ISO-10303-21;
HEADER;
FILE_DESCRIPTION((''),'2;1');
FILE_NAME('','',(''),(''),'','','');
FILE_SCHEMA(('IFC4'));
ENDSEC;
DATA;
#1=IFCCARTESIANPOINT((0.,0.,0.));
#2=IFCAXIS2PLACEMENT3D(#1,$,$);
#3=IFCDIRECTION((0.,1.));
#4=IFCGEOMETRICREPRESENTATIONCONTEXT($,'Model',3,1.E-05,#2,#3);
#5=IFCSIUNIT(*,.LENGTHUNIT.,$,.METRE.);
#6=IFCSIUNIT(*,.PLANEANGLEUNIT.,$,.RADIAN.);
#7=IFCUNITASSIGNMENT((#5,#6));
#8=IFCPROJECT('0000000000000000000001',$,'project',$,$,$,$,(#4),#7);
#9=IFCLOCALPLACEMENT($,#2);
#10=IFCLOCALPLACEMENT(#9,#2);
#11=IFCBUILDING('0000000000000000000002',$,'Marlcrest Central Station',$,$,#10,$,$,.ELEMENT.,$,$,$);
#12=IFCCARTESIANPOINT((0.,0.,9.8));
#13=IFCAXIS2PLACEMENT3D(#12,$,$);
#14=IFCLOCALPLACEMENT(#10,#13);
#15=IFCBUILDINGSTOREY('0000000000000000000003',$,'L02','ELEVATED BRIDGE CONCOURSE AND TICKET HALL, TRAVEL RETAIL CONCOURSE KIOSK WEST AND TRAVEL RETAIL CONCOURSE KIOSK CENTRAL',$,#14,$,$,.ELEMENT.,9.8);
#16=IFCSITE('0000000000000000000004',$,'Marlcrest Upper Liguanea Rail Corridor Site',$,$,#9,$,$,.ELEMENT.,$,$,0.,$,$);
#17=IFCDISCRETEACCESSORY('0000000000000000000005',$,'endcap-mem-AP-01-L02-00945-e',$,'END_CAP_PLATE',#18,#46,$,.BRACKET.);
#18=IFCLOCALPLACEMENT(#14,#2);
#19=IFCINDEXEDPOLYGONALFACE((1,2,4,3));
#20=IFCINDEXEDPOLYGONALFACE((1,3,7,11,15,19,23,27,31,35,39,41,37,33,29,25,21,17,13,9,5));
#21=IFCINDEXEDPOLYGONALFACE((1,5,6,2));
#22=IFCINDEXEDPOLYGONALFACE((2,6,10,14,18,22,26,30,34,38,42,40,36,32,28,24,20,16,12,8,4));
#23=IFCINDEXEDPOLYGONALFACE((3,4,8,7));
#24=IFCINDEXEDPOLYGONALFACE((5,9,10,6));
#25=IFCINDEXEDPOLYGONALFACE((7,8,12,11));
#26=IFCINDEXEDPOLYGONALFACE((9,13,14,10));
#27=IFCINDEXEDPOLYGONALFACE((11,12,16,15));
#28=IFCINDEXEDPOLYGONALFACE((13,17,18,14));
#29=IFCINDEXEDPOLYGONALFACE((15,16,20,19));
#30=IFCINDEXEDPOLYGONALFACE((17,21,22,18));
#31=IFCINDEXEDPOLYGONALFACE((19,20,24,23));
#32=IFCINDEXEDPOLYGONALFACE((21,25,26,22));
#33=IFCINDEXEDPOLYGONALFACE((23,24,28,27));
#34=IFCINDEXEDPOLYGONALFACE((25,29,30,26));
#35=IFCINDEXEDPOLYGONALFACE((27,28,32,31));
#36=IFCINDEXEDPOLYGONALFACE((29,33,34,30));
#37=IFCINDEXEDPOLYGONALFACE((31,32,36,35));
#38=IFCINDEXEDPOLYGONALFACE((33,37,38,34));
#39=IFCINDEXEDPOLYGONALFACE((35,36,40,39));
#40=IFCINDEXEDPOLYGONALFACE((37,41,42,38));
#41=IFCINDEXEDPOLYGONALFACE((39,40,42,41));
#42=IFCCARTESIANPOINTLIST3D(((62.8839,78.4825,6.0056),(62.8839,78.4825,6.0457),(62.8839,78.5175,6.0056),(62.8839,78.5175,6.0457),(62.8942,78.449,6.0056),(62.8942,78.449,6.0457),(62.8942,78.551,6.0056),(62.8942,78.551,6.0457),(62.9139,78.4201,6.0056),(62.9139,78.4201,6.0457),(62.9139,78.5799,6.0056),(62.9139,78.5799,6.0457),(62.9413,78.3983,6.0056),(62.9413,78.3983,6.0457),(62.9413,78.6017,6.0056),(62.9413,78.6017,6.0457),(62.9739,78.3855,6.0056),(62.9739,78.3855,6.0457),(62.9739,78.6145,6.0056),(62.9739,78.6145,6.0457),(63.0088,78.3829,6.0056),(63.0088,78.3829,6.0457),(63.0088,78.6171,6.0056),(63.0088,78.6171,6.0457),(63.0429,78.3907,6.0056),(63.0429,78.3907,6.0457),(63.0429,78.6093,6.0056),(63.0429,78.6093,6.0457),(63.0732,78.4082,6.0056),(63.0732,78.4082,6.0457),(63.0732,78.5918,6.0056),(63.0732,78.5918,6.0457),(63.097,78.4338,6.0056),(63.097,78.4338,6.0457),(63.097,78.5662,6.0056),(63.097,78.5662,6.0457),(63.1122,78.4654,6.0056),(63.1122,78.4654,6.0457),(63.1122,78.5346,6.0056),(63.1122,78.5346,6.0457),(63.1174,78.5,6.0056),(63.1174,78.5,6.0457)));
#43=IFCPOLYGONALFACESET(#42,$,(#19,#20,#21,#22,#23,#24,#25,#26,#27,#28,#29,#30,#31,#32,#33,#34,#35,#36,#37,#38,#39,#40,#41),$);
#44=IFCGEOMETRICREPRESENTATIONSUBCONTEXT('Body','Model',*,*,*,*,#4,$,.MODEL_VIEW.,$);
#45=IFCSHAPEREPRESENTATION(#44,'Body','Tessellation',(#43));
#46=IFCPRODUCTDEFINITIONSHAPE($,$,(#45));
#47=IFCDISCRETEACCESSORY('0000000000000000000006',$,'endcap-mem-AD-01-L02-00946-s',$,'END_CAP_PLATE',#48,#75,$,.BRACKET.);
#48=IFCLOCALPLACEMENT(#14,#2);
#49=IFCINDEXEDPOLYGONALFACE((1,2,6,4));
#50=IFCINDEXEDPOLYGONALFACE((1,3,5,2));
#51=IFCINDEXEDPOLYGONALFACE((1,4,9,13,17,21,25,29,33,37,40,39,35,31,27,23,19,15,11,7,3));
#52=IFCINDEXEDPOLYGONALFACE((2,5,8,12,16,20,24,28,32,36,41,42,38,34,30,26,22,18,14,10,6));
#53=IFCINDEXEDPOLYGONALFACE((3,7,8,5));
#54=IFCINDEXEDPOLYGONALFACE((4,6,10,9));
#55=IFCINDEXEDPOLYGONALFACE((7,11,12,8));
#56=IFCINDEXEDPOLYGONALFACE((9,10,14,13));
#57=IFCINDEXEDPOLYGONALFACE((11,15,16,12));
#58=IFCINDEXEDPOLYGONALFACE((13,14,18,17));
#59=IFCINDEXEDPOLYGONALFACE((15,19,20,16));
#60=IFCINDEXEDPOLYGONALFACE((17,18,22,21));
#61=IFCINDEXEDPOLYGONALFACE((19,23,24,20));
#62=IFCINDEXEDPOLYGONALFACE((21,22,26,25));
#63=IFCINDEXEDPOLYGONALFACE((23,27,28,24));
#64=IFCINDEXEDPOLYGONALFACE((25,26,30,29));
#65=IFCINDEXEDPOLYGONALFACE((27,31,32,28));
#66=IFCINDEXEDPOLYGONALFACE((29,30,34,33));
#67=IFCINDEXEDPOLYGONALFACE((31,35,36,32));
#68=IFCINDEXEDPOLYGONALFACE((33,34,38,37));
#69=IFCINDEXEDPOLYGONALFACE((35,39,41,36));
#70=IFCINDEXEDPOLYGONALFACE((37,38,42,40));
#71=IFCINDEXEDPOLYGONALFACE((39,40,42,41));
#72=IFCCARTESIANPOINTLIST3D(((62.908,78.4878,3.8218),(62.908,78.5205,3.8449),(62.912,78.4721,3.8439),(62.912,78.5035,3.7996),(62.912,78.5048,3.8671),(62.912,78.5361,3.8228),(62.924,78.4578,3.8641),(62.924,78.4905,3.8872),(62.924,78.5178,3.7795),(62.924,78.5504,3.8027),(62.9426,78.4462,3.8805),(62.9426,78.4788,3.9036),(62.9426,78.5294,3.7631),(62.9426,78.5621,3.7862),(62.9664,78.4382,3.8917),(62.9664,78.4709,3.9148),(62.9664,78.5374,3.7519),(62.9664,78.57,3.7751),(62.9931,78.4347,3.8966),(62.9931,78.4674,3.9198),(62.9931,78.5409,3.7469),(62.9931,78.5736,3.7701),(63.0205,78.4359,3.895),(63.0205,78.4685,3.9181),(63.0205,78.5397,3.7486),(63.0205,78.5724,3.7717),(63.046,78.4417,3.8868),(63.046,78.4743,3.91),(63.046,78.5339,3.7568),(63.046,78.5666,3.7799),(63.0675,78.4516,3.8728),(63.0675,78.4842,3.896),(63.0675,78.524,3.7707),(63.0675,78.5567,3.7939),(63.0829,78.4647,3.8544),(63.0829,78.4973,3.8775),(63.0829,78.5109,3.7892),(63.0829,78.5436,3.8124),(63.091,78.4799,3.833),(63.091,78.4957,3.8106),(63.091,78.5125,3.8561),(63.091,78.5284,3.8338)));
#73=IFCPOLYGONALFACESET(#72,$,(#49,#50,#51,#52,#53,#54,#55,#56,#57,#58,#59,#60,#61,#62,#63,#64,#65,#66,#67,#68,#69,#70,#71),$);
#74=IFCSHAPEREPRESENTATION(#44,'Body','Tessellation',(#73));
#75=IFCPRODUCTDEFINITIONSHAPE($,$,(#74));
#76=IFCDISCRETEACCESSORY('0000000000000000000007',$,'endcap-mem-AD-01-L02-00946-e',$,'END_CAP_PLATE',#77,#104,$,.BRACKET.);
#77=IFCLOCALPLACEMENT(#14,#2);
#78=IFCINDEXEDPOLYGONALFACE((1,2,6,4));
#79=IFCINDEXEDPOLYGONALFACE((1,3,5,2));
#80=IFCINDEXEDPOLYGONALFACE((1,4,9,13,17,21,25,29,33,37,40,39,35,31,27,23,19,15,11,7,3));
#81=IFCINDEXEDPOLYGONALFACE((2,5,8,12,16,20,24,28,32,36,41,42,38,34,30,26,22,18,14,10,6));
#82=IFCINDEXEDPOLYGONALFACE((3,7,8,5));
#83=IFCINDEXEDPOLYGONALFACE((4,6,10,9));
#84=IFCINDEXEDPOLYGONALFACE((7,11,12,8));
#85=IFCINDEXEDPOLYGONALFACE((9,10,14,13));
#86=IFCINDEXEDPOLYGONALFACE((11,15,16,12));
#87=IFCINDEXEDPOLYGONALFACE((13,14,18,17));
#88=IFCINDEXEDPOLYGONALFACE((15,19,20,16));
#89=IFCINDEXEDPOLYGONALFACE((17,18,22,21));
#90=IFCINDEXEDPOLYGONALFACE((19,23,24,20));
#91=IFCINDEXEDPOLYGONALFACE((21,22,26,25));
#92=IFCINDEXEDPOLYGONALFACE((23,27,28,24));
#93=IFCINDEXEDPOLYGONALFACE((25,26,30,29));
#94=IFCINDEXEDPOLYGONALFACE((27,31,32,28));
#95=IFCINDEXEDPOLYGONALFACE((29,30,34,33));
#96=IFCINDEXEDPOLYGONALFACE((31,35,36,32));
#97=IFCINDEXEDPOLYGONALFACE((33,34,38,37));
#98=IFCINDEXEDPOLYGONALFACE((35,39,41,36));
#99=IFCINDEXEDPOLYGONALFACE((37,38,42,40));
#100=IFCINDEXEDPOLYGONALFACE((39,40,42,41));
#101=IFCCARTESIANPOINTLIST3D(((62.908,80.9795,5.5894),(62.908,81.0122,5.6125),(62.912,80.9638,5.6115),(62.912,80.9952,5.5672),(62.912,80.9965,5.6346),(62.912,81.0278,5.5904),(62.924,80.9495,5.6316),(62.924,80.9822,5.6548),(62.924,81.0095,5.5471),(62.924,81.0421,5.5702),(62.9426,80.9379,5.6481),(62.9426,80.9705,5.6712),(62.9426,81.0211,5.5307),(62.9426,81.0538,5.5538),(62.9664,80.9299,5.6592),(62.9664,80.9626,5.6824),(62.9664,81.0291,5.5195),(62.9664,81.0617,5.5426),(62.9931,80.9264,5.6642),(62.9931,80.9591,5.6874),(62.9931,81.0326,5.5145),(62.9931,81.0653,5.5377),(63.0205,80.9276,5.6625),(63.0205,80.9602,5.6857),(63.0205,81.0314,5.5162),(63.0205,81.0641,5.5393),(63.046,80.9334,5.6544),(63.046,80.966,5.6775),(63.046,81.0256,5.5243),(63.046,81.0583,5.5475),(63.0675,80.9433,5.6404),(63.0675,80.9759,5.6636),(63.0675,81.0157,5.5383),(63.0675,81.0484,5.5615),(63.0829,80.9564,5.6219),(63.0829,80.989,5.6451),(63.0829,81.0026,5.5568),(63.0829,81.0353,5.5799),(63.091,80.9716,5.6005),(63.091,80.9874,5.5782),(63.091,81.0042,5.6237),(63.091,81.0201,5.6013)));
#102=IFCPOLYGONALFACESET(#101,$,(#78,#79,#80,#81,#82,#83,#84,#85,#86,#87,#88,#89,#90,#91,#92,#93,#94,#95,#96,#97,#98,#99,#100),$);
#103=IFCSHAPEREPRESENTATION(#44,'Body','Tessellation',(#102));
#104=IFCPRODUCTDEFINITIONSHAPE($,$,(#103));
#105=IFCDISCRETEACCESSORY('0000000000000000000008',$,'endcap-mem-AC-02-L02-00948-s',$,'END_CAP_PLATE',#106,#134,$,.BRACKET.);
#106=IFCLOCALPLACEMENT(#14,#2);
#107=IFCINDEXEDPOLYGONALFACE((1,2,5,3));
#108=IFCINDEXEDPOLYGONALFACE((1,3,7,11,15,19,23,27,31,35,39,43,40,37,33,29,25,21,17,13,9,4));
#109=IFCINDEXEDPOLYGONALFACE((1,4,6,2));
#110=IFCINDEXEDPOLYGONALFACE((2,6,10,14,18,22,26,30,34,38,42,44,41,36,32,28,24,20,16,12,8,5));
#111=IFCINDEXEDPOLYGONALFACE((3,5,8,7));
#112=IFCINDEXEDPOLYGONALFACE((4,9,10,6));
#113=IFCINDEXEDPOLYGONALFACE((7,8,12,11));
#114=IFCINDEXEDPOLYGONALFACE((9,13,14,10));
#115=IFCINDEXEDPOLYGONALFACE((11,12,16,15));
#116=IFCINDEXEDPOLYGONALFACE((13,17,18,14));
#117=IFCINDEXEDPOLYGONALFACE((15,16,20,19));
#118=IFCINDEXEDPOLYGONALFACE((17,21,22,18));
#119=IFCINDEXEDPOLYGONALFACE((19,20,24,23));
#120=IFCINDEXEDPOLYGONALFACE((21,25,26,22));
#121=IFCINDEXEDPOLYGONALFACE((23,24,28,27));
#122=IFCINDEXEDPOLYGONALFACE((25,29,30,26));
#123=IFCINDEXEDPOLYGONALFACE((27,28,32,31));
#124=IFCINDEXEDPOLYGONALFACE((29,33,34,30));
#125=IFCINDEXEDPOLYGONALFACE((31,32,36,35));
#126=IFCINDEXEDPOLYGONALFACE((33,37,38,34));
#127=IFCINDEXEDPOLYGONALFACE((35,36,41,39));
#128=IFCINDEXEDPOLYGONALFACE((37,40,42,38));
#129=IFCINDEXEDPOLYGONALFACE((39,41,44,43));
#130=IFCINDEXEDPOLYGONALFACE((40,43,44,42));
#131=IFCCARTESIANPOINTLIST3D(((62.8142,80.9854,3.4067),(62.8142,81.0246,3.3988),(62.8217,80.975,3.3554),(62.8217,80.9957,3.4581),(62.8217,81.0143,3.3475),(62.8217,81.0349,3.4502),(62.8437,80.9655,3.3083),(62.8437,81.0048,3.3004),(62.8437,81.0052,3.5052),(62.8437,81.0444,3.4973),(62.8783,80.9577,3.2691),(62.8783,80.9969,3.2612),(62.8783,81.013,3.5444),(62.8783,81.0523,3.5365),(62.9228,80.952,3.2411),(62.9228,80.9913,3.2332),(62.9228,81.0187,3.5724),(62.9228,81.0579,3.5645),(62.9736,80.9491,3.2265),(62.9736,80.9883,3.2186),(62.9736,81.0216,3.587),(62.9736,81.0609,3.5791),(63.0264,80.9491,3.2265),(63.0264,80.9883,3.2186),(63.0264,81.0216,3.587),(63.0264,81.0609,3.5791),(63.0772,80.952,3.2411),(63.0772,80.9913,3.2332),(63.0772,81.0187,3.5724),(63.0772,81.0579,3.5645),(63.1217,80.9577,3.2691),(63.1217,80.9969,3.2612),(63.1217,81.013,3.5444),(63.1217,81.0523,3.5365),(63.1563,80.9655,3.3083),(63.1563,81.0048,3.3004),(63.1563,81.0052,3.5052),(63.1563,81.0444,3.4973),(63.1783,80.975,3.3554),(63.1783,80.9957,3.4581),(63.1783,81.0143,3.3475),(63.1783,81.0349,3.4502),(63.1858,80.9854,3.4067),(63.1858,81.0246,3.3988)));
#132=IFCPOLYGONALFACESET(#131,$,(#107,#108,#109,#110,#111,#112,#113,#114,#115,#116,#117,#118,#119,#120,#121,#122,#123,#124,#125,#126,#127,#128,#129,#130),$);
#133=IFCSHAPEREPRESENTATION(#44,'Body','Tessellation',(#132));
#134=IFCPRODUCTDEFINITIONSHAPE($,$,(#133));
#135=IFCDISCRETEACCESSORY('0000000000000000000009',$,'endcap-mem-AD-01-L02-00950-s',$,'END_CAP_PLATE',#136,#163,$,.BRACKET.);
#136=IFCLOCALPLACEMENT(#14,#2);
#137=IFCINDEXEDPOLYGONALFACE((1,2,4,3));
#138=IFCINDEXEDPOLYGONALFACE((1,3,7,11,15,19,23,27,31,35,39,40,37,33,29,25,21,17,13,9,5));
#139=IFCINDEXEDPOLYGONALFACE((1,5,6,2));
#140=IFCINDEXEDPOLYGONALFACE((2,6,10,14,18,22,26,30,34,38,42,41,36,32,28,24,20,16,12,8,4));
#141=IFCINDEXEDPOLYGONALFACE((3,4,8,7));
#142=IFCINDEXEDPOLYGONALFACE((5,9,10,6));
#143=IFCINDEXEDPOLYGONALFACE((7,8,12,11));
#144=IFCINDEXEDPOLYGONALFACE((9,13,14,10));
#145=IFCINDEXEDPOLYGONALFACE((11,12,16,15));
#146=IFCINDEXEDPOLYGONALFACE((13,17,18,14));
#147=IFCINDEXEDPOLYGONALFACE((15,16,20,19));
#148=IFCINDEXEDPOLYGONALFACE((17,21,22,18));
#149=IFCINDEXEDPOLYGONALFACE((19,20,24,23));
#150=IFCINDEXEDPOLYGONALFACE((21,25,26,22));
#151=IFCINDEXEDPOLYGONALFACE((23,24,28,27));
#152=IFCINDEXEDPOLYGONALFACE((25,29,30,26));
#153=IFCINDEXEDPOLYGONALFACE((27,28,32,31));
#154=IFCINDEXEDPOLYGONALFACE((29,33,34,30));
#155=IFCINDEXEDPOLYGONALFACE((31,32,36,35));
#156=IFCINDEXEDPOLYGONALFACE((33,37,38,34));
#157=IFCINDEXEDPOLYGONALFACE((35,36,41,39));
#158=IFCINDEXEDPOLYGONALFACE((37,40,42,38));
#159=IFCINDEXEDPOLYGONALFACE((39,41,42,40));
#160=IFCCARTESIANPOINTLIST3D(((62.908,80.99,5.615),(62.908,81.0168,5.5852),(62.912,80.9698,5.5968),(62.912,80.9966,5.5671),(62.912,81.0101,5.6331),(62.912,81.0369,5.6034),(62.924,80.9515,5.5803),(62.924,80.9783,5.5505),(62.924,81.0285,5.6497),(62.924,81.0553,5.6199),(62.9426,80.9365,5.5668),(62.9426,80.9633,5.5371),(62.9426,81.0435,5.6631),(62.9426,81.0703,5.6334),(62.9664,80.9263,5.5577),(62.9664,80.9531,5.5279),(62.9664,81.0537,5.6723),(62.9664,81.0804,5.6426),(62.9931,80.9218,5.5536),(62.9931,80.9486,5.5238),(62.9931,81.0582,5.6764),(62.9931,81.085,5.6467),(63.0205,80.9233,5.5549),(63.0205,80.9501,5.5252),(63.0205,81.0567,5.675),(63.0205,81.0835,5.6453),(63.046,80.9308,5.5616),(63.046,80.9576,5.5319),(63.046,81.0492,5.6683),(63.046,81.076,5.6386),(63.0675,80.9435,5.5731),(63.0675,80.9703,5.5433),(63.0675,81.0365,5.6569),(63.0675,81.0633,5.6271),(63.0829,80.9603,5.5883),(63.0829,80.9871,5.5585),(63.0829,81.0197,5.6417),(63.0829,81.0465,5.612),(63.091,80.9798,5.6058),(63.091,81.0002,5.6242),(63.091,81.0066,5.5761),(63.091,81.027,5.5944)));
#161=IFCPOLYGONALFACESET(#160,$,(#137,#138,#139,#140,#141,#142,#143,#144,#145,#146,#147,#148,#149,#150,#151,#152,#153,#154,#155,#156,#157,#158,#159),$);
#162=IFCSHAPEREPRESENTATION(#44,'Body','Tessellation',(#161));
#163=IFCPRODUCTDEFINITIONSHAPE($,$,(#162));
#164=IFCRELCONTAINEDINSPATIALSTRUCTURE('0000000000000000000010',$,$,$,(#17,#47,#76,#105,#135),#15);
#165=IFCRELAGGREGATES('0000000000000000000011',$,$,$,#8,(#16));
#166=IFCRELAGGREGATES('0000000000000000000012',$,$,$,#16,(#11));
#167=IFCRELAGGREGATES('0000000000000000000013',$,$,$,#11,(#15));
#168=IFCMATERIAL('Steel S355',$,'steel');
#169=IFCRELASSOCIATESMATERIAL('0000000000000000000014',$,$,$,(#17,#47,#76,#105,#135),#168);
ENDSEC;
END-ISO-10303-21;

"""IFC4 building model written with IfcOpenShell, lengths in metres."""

from ifc_helpers import new_model, si_unit, direction, frame, origin, origin_2d, place, context, subcontext, project, spatial, circle, extrude, material, element, save


model = new_model("IFC4")

# Units and contexts
model_context = context("Model", 3, precision=1e-05, world=origin(), true_north=direction((0.0, 1.0)))
body_context = subcontext(model_context, "Body", "Model", "MODEL_VIEW")
ifc_project = project(units=[si_unit("LENGTHUNIT", "METRE"), si_unit("PLANEANGLEUNIT", "RADIAN")], contexts=[model_context])

# Site, building, storey
site_placement = place(None, origin())
site = spatial("IfcSite", under=ifc_project, at=site_placement, Name="Marlcrest Upper Liguanea Rail Corridor Site", CompositionType="ELEMENT", RefElevation=0.0)
building_placement = place(site_placement, origin())
building = spatial("IfcBuilding", under=site, at=building_placement, Name="Marlcrest Central Station", CompositionType="ELEMENT")
storey_placement = place(building_placement, frame((0.0, 0.0, 9.8)))
storey = spatial("IfcBuildingStorey", under=building, at=storey_placement, Name="L02", Description="ELEVATED BRIDGE CONCOURSE AND TICKET HALL, TRAVEL RETAIL CONCOURSE KIOSK WEST AND TRAVEL RETAIL CONCOURSE KIOSK CENTRAL", CompositionType="ELEMENT", Elevation=9.8)

# Shared definitions
ifc_material_1 = material(Name="Steel S355", Category="steel")

# Discrete accessories
for number, where, z_axis, x_axis, name in (
    (1, (63.0, 78.5, 6.0056), (0.0, 0.0, 1.0), (1.0, 0.0, 0.0), "endcap-mem-AP-01-L02-00945-e"),
):
    element("IfcDiscreteAccessory", number, at=place(storey_placement, frame(where, z_axis=z_axis, x_axis=x_axis)), inside=storey, material=ifc_material_1, Name=name, ObjectType="END_CAP_PLATE", PredefinedType="BRACKET", context=body_context, shape_type="SweptSolid", body=[
        extrude(circle(Radius=0.1174, at=origin_2d()), origin(), (0.0, 0.0, 1.0), 0.04),
    ])
for number, where, z_axis, x_axis, name in (
    (2, (63.0, 78.4878, 3.8218), (0.0, 0.815661, 0.57853), (-1.0, 0.0, 0.0), "endcap-mem-AD-01-L02-00946-s"),
    (3, (63.0, 80.9795, 5.5894), (0.0, 0.815661, 0.57853), (-1.0, 0.0, 0.0), "endcap-mem-AD-01-L02-00946-e"),
):
    element("IfcDiscreteAccessory", number, at=place(storey_placement, frame(where, z_axis=z_axis, x_axis=x_axis)), inside=storey, material=ifc_material_1, Name=name, ObjectType="END_CAP_PLATE", PredefinedType="BRACKET", context=body_context, shape_type="SweptSolid", body=[
        extrude(circle(Radius=0.092, at=origin_2d()), origin(), (0.0, 0.0, 1.0), 0.04),
    ])
discrete_accessory_1_placement = place(storey_placement, frame((63.0, 80.9854, 3.4067), z_axis=(0.0, 0.980359, -0.197219), x_axis=(-1.0, 0.0, 0.0)))
element("IfcDiscreteAccessory", 4, at=discrete_accessory_1_placement, inside=storey, material=ifc_material_1, Name="endcap-mem-AC-02-L02-00948-s", ObjectType="END_CAP_PLATE", PredefinedType="BRACKET", context=body_context, shape_type="SweptSolid", body=[
    extrude(circle(Radius=0.1858, at=origin_2d()), origin(), (0.0, 0.0, 1.0), 0.04),
])
discrete_accessory_2_placement = place(storey_placement, frame((63.0, 80.99, 5.615), z_axis=(0.0, 0.669244, -0.743042), x_axis=(-1.0, 0.0, 0.0)))
element("IfcDiscreteAccessory", 5, at=discrete_accessory_2_placement, inside=storey, material=ifc_material_1, Name="endcap-mem-AD-01-L02-00950-s", ObjectType="END_CAP_PLATE", PredefinedType="BRACKET", context=body_context, shape_type="SweptSolid", body=[
    extrude(circle(Radius=0.092, at=origin_2d()), origin(), (0.0, 0.0, 1.0), 0.04),
])

save(model, "model.ifc")
